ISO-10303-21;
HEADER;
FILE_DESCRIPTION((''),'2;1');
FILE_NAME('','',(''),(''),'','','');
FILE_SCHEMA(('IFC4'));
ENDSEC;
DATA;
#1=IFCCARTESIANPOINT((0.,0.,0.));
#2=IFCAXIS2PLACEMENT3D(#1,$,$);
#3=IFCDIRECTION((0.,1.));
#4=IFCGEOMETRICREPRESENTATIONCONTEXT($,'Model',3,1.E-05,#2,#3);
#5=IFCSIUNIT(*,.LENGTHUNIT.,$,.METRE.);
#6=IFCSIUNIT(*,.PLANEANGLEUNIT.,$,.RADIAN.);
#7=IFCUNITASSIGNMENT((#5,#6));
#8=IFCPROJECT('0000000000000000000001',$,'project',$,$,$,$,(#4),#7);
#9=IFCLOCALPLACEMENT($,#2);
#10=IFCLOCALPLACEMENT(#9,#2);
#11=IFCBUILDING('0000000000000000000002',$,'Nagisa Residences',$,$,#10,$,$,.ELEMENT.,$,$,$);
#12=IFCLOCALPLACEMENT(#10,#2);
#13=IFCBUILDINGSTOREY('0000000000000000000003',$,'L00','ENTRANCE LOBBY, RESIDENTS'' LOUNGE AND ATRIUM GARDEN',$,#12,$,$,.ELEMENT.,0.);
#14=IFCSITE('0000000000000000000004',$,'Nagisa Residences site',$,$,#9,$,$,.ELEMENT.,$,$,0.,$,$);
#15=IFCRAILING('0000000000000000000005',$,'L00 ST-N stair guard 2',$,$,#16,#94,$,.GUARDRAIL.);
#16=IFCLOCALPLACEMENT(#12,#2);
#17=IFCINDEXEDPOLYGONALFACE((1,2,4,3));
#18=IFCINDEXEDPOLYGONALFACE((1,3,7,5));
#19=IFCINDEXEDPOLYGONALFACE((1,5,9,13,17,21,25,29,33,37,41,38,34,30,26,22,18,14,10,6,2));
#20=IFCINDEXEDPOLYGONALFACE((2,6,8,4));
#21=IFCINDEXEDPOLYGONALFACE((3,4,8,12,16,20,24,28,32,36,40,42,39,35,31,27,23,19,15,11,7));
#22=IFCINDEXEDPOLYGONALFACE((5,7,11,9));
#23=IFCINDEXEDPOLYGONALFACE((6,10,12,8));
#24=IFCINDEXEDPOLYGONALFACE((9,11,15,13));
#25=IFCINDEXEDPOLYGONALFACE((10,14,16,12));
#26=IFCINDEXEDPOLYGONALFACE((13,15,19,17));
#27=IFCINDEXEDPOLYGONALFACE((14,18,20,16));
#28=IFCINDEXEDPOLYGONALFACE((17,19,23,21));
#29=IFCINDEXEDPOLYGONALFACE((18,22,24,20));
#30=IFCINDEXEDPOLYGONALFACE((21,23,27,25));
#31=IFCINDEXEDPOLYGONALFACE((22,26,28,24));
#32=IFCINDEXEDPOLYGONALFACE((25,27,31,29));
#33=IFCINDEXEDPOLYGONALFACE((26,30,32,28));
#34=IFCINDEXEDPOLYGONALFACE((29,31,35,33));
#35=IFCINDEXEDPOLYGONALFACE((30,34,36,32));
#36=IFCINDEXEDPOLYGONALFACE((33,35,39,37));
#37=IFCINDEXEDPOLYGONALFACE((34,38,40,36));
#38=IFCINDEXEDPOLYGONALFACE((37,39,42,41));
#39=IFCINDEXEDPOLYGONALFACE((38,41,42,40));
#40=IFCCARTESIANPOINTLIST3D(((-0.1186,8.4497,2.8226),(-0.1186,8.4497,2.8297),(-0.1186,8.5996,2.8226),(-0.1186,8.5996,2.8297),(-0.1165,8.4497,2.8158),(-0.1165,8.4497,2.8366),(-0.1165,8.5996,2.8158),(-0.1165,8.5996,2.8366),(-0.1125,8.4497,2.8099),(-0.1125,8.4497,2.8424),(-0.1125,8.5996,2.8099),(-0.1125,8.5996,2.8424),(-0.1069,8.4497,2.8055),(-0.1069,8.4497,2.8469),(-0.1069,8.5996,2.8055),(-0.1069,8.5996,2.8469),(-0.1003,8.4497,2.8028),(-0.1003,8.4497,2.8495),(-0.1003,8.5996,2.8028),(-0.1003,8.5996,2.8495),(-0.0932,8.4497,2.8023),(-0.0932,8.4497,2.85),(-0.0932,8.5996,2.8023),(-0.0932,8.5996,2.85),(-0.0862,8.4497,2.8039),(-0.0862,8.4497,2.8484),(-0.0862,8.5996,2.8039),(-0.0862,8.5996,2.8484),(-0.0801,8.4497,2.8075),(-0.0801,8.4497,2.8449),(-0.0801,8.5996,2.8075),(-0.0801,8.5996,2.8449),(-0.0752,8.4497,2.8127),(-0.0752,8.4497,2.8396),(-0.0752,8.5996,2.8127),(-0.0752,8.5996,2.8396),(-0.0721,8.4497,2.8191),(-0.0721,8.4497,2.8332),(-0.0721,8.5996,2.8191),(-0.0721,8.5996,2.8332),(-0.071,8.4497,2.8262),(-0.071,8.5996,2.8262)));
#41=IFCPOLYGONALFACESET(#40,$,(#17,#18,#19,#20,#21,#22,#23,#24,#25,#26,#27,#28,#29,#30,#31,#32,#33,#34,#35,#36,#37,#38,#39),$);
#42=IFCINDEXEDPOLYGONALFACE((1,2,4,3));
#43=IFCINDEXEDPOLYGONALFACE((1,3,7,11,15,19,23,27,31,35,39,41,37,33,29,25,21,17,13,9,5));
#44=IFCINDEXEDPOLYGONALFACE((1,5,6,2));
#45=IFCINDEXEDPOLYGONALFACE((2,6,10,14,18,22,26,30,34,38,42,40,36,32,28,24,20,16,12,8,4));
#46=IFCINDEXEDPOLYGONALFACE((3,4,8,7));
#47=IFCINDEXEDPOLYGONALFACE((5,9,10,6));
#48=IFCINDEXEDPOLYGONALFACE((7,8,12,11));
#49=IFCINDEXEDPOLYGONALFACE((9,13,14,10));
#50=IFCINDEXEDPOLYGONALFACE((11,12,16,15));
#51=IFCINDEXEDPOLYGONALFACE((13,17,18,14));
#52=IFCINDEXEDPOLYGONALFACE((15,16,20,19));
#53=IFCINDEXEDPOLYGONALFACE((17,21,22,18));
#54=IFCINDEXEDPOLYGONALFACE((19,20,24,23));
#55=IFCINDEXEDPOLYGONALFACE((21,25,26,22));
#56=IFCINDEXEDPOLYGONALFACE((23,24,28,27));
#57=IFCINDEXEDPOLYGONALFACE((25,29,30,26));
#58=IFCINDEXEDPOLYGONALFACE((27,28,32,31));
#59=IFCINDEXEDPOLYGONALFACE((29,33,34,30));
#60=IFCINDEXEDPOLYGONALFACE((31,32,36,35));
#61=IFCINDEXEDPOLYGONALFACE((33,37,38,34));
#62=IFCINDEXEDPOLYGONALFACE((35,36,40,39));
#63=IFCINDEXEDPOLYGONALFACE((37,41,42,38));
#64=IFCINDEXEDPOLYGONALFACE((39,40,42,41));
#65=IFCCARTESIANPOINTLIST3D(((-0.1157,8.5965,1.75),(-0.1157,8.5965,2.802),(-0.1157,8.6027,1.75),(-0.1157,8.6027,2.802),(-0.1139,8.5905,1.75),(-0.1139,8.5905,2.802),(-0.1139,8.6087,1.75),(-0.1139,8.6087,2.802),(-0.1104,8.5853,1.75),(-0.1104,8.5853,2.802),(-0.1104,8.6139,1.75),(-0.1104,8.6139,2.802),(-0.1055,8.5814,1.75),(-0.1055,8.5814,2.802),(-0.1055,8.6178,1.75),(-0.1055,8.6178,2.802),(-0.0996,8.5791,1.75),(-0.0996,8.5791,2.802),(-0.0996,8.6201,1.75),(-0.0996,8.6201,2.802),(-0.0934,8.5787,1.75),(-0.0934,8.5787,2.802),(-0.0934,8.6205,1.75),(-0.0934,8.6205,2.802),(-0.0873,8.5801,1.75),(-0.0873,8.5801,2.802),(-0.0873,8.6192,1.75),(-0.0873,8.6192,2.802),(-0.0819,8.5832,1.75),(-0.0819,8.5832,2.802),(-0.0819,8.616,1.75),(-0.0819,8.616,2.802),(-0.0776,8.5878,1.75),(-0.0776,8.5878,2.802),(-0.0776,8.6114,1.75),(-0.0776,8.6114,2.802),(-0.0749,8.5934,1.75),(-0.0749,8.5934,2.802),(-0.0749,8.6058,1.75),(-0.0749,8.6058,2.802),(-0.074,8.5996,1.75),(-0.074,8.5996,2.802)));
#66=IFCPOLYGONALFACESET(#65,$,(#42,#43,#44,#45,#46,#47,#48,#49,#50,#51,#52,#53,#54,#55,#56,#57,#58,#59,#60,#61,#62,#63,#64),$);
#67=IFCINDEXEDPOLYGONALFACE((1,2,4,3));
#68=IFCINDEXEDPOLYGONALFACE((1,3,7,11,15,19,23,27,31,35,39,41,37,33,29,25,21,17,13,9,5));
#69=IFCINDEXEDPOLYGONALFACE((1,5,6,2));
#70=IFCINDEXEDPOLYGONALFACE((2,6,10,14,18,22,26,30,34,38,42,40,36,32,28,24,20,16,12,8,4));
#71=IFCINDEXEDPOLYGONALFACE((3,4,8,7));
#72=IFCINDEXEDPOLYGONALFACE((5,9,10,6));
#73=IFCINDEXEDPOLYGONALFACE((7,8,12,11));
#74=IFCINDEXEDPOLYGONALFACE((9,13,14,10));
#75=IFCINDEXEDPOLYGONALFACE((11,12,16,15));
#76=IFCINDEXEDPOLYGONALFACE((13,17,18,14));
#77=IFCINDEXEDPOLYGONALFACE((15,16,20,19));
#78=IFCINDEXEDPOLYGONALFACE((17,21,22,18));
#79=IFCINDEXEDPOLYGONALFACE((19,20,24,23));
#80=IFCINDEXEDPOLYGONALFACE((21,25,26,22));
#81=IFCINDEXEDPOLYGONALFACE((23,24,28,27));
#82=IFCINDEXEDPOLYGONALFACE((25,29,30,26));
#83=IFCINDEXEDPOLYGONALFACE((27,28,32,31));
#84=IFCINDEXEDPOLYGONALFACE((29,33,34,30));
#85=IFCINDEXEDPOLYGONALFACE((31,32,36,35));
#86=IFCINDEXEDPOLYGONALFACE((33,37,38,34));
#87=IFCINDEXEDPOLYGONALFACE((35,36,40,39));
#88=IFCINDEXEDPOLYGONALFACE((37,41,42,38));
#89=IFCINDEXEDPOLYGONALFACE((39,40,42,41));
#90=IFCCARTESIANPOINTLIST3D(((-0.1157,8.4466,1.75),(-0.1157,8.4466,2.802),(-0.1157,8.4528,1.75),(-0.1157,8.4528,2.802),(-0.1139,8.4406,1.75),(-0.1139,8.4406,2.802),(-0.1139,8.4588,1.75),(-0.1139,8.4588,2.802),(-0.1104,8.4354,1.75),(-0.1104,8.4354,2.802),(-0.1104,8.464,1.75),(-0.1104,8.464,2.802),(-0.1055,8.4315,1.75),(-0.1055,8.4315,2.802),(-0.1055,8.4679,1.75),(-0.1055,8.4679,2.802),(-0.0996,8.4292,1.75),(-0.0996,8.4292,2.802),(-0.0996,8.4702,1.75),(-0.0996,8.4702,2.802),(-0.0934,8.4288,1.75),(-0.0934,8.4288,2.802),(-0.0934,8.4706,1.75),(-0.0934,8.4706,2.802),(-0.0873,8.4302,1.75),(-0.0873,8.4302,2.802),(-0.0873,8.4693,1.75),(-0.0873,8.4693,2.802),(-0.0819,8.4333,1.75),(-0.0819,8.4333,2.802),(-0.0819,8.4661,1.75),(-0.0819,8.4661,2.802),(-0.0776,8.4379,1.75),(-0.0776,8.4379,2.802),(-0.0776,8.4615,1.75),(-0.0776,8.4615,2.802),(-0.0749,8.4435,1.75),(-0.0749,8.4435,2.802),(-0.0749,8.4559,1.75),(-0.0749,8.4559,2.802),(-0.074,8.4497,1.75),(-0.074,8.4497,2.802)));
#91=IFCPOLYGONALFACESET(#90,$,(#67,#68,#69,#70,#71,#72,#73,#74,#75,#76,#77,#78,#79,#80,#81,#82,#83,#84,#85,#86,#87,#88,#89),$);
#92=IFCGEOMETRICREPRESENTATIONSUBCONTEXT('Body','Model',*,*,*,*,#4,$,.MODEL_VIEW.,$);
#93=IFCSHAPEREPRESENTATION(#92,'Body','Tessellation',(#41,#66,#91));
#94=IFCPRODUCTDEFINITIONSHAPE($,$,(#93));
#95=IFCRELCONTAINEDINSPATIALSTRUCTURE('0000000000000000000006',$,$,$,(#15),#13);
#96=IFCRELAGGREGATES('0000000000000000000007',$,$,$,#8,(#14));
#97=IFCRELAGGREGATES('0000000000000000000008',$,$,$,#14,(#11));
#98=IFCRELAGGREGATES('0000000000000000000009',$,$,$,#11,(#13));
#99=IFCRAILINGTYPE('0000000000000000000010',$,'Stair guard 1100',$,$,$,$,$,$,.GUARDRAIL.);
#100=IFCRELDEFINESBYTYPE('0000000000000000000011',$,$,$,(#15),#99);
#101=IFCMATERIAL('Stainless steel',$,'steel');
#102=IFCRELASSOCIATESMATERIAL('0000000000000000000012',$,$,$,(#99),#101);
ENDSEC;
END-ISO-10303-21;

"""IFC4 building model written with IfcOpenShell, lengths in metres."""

from ifc_helpers import new_model, si_unit, direction, frame, origin, origin_2d, place, context, subcontext, project, spatial, circle, extrude, material, type_object, element, save


model = new_model("IFC4")

# Units and contexts
model_context = context("Model", 3, precision=1e-05, world=origin(), true_north=direction((0.0, 1.0)))
body_context = subcontext(model_context, "Body", "Model", "MODEL_VIEW")
ifc_project = project(units=[si_unit("LENGTHUNIT", "METRE"), si_unit("PLANEANGLEUNIT", "RADIAN")], contexts=[model_context])

# Site, building, storey
site_placement = place(None, origin())
site = spatial("IfcSite", under=ifc_project, at=site_placement, Name="Nagisa Residences site", CompositionType="ELEMENT", RefElevation=0.0)
building_placement = place(site_placement, origin())
building = spatial("IfcBuilding", under=site, at=building_placement, Name="Nagisa Residences", CompositionType="ELEMENT")
storey_placement = place(building_placement, origin())
storey = spatial("IfcBuildingStorey", under=building, at=storey_placement, Name="L00", Description="ENTRANCE LOBBY, RESIDENTS' LOUNGE AND ATRIUM GARDEN", CompositionType="ELEMENT", Elevation=0.0)

# Railing
ifc_material_1 = material(Name="Stainless steel", Category="steel")
railing_type_1 = type_object("IfcRailingType", Name="Stair guard 1100", PredefinedType="GUARDRAIL", material=ifc_material_1)
railing_1_placement = place(storey_placement, frame((-0.095, 8.5996, 1.75)))
element("IfcRailing", 1, at=railing_1_placement, inside=storey, type_object=railing_type_1, Name="L00 ST-N stair guard 2", PredefinedType="GUARDRAIL", context=body_context, shape_type="SweptSolid", body=[
    extrude(circle(Radius=0.0239, at=origin_2d()), frame((0.0, 0.0, 1.0762), z_axis=(0.0, -1.0, 0.0), x_axis=(1.0, 0.0, 0.0)), (0.0, 0.0, 1.0), 0.1499),
    extrude(circle(Radius=0.021, at=origin_2d()), origin(), (0.0, 0.0, 1.0), 1.052),
    extrude(circle(Radius=0.021, at=origin_2d()), frame((0.0, -0.1499, 0.0)), (0.0, 0.0, 1.0), 1.052),
])

save(model, "model.ifc")
